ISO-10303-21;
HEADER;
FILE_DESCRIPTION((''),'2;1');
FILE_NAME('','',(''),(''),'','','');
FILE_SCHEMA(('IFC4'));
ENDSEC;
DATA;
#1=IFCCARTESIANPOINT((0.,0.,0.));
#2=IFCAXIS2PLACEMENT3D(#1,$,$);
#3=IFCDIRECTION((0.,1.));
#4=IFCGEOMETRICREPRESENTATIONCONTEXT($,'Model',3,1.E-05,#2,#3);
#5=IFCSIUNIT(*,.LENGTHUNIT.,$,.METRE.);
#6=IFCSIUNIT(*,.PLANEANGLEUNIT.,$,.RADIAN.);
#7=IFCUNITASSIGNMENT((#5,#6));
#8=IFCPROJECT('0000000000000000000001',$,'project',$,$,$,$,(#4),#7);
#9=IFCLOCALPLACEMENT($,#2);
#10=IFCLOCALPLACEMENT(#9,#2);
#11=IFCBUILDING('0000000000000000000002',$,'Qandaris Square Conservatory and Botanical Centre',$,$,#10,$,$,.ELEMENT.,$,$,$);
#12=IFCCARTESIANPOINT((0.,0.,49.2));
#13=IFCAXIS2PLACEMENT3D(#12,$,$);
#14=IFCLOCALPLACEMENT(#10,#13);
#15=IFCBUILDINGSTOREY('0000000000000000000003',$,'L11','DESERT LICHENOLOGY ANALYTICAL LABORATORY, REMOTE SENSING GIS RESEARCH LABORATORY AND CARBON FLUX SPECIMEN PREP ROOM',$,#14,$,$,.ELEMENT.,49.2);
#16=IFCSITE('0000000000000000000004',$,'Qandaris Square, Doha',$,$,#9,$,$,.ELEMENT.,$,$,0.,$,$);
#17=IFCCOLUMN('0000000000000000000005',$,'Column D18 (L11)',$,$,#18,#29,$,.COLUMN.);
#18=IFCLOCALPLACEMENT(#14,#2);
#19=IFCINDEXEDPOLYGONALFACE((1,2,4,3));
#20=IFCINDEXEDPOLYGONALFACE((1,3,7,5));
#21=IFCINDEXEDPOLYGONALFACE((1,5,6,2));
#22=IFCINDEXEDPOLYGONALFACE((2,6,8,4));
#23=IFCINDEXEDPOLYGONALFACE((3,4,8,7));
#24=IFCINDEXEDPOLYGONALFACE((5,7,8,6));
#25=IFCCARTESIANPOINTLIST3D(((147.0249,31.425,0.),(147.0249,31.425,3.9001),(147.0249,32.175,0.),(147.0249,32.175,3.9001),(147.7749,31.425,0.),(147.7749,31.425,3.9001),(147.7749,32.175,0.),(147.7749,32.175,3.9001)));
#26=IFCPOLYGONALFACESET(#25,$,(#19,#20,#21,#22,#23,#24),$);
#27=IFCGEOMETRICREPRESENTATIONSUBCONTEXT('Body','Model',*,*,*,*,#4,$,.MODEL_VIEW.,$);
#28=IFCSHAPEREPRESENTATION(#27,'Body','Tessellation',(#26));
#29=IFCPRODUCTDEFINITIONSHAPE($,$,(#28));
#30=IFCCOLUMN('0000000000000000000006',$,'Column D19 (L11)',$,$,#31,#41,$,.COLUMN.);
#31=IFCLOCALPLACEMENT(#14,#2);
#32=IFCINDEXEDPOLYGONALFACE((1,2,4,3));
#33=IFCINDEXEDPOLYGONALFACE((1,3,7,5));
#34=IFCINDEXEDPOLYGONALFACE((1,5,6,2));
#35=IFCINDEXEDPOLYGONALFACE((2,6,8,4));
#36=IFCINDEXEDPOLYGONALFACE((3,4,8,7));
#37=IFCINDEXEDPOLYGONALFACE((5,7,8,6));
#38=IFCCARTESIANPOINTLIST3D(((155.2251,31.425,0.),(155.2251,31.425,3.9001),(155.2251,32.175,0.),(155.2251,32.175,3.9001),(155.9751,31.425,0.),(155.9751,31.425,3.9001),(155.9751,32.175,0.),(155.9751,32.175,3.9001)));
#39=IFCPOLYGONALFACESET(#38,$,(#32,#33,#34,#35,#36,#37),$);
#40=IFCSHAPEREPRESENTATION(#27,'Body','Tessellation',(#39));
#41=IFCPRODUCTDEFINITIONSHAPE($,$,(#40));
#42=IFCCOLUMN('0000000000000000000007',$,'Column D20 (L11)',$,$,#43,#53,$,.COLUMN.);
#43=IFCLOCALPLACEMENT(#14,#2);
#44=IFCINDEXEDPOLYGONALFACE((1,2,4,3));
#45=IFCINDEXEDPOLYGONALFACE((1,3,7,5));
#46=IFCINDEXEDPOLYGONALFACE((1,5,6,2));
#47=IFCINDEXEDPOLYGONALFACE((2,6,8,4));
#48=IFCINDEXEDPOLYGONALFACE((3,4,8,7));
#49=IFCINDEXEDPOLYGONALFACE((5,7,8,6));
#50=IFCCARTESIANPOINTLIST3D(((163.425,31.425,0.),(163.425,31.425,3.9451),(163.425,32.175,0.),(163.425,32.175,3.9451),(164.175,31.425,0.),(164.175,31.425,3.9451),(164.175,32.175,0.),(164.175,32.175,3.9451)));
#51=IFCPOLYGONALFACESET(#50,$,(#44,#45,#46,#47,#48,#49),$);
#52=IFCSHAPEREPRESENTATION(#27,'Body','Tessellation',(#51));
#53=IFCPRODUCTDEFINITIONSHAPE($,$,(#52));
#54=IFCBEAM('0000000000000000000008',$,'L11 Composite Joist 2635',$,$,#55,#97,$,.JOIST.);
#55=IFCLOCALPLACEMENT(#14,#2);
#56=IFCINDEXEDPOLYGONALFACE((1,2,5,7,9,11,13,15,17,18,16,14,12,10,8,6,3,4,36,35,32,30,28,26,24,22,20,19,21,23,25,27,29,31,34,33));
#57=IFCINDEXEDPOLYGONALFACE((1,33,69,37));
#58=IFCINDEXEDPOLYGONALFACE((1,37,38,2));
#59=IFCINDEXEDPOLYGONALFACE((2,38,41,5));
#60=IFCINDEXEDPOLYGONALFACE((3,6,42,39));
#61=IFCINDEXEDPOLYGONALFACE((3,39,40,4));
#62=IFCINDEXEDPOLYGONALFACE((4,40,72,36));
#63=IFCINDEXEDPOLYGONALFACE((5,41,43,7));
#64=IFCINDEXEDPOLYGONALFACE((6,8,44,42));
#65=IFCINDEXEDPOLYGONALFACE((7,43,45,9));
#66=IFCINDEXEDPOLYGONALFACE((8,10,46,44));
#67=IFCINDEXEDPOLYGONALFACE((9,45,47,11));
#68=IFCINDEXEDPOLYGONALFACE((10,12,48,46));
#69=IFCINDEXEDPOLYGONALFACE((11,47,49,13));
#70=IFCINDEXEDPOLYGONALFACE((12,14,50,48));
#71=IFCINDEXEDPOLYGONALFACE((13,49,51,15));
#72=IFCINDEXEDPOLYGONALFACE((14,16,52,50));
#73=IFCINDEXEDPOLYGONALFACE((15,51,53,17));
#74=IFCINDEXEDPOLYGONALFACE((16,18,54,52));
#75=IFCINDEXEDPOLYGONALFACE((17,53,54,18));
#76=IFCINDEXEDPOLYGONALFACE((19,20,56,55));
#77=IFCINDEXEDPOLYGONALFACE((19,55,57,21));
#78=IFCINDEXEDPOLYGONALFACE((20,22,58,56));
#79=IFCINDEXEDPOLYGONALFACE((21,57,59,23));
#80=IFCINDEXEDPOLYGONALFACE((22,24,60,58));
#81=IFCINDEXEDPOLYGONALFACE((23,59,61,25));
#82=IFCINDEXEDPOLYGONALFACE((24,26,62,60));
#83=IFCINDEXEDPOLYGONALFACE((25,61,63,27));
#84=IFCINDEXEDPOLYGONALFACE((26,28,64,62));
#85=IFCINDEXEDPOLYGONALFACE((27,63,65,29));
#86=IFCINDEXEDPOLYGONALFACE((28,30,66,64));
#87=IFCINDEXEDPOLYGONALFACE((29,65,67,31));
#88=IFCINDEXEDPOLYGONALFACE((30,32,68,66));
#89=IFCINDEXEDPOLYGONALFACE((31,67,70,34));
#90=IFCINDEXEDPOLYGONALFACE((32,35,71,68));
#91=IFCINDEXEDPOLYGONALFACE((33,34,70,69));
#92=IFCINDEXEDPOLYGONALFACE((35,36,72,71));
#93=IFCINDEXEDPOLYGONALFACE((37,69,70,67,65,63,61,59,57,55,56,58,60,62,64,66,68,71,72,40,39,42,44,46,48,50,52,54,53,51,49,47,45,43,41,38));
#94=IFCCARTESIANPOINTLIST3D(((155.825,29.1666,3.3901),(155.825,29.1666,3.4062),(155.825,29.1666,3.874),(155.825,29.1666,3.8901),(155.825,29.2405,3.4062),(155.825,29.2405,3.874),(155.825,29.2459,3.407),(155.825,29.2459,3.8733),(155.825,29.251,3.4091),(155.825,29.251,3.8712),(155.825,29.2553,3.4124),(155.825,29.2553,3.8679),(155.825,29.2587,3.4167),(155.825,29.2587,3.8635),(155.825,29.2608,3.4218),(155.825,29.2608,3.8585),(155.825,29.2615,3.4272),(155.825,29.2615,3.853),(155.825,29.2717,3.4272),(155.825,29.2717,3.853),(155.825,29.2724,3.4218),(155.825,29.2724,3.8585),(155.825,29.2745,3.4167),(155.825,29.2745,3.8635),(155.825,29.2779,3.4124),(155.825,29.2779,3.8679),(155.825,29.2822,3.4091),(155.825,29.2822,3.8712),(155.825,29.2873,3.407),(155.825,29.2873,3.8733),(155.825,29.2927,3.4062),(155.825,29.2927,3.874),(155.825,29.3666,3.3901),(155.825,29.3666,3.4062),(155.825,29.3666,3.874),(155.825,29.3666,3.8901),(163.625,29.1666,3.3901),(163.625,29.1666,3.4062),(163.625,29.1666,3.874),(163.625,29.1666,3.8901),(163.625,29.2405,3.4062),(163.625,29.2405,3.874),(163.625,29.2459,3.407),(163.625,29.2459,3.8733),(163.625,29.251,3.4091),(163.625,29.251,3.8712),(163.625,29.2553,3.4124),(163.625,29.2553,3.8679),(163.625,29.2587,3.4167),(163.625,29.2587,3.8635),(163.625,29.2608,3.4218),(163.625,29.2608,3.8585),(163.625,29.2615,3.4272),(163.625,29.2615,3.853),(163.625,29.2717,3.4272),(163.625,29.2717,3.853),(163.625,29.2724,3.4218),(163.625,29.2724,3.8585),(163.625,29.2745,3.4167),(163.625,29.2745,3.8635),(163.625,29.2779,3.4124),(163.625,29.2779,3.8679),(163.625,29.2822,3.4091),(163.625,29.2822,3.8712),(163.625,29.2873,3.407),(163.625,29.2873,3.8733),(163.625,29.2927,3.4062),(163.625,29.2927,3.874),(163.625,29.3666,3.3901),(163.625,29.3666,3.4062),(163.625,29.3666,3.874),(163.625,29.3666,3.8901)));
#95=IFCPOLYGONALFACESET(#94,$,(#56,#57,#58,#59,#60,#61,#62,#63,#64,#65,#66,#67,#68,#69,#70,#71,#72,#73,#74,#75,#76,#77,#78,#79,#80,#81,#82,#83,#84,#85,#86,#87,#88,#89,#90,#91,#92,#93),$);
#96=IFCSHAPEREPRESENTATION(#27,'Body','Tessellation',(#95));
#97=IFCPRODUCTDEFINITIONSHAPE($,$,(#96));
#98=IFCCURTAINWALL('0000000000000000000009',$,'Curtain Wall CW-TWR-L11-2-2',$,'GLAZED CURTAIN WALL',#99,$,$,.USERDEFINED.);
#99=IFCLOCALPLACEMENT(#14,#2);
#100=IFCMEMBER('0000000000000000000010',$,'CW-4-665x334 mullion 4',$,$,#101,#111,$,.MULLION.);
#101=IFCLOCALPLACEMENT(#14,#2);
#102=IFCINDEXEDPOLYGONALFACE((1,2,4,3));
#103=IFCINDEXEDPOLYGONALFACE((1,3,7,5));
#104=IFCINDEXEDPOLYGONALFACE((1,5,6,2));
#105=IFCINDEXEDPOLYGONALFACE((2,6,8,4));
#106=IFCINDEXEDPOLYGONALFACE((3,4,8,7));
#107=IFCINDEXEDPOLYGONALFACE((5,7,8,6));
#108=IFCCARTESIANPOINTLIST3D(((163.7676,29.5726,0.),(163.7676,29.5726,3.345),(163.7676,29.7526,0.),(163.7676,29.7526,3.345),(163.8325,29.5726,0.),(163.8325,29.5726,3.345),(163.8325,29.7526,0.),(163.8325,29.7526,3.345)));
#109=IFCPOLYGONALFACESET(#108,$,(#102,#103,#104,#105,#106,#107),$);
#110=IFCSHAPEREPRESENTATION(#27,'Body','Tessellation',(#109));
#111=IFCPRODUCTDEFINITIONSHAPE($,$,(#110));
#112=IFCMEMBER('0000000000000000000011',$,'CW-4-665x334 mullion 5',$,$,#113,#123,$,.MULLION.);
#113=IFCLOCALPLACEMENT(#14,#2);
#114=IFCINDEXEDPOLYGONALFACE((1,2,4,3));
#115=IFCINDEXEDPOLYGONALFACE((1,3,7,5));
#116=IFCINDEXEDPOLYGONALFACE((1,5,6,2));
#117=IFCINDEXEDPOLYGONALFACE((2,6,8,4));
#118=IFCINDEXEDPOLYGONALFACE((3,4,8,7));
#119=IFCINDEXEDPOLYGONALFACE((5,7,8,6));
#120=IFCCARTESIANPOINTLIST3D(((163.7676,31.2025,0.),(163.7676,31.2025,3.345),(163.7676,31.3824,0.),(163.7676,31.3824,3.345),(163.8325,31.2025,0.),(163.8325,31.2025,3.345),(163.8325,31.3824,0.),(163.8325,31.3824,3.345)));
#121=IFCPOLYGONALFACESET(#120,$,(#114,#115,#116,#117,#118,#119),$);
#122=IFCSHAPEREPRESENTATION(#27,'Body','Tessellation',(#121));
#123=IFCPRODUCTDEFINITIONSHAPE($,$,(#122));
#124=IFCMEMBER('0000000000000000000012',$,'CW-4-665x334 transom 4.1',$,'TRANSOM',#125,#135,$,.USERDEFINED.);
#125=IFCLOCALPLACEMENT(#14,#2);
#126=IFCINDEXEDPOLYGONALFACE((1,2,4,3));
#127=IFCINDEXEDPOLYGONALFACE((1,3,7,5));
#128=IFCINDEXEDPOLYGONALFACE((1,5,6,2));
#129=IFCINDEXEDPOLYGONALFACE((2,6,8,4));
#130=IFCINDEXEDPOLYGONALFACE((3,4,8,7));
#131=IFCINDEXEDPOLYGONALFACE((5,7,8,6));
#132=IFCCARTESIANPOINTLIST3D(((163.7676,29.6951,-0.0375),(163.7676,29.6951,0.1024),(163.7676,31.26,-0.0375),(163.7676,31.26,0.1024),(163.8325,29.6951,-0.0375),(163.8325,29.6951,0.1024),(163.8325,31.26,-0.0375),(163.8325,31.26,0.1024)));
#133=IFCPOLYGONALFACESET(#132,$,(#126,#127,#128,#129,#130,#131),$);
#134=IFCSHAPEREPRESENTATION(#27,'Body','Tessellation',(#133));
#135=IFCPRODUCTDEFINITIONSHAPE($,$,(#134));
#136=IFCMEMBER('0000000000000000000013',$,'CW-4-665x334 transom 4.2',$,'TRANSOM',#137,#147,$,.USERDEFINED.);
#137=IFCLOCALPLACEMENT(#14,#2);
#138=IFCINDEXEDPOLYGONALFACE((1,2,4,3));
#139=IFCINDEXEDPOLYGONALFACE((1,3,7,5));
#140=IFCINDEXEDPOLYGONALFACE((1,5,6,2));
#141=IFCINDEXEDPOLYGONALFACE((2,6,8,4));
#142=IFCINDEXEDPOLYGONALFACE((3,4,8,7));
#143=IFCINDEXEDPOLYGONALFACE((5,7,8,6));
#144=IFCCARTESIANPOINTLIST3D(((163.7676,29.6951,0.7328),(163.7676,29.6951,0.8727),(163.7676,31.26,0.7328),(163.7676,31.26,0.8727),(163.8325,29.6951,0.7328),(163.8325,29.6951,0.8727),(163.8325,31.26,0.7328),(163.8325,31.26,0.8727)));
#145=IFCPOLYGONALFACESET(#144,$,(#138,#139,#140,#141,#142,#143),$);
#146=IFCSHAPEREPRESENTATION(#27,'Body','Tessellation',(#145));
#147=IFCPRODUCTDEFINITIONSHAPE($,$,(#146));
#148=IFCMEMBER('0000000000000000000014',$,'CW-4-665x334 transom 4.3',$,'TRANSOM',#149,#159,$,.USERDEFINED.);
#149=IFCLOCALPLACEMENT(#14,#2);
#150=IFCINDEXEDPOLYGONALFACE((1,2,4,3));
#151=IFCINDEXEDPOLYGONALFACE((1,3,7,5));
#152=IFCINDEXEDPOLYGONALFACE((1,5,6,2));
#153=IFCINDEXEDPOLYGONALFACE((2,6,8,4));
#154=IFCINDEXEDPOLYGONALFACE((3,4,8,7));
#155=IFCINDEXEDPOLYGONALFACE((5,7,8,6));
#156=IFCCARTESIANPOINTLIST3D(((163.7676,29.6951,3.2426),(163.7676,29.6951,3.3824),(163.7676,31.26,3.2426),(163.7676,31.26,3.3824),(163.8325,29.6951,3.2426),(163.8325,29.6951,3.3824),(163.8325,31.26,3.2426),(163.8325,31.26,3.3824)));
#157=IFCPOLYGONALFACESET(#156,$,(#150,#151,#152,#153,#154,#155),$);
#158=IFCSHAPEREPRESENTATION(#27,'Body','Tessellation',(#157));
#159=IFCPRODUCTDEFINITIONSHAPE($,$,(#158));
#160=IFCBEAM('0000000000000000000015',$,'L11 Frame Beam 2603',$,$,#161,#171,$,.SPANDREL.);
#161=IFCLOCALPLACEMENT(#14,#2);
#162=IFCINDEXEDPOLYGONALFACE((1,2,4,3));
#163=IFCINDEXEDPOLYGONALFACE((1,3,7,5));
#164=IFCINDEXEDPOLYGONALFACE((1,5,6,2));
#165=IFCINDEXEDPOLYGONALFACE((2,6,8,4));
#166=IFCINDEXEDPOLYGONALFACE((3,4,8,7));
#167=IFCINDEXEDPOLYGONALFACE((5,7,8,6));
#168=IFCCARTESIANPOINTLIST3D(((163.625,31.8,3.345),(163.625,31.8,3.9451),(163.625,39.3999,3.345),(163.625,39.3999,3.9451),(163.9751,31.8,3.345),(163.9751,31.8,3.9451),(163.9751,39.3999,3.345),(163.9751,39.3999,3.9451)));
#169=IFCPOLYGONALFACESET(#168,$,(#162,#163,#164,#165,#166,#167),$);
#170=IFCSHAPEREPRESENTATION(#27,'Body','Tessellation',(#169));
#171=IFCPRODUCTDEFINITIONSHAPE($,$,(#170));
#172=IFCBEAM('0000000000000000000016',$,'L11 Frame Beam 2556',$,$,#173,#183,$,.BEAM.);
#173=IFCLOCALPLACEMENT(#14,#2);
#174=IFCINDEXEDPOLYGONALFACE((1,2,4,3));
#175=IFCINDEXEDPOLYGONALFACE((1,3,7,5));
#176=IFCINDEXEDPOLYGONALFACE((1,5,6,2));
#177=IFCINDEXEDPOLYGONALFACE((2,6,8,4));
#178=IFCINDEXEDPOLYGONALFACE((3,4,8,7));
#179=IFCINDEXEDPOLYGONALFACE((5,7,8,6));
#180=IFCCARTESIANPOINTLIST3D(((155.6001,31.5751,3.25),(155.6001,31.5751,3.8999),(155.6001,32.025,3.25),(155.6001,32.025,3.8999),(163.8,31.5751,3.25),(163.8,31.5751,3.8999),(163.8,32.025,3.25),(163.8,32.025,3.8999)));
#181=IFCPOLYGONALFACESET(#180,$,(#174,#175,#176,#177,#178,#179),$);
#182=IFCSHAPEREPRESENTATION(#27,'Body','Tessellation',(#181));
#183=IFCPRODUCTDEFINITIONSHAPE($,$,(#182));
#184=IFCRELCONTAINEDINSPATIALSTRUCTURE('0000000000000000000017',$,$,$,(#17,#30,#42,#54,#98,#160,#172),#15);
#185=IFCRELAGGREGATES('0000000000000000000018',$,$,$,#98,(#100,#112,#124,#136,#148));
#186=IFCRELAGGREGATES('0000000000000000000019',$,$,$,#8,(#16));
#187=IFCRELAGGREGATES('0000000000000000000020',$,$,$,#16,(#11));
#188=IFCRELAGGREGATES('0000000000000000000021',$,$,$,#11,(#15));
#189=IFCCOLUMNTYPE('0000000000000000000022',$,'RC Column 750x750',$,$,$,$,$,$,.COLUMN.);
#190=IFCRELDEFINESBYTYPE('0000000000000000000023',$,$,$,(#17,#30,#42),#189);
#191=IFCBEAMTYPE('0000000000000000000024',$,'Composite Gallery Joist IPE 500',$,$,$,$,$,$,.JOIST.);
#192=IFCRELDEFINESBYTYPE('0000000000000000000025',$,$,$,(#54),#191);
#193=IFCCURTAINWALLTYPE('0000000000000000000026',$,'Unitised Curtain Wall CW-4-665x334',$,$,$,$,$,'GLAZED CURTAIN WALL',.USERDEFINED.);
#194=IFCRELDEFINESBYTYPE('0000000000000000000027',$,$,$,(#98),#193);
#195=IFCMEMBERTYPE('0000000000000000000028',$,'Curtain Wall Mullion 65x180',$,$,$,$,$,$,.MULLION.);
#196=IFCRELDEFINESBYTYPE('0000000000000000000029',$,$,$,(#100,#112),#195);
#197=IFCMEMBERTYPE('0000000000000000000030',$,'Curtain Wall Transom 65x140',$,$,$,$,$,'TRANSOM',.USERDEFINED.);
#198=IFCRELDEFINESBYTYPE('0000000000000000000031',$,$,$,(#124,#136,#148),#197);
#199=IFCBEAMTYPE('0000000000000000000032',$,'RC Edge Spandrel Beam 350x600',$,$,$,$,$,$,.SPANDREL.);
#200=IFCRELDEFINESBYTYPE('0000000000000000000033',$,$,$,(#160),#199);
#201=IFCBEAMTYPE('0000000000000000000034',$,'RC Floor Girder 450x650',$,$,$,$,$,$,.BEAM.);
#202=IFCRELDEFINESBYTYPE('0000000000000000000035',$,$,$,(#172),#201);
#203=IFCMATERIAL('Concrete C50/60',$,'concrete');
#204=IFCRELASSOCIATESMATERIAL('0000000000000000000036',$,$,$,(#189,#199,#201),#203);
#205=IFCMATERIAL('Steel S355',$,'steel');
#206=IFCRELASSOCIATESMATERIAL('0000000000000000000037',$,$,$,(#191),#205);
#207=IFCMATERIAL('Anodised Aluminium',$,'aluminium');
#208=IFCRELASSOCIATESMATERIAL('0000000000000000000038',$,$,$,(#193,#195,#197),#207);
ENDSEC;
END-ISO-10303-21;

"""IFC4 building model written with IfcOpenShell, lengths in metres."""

from ifc_helpers import new_model, si_unit, direction, frame, origin, origin_2d, place, context, subcontext, project, spatial, rectangle, i_section, extrude, material, material_profile, profile_set, type_object, element, aggregate, save


model = new_model("IFC4")

# Units and contexts
model_context = context("Model", 3, precision=1e-05, world=origin(), true_north=direction((0.0, 1.0)))
body_context = subcontext(model_context, "Body", "Model", "MODEL_VIEW")
ifc_project = project(units=[si_unit("LENGTHUNIT", "METRE"), si_unit("PLANEANGLEUNIT", "RADIAN")], contexts=[model_context])

# Site, building, storey
site_placement = place(None, origin())
site = spatial("IfcSite", under=ifc_project, at=site_placement, Name="Qandaris Square, Doha", CompositionType="ELEMENT", RefElevation=0.0)
building_placement = place(site_placement, origin())
building = spatial("IfcBuilding", under=site, at=building_placement, Name="Qandaris Square Conservatory and Botanical Centre", CompositionType="ELEMENT")
storey_placement = place(building_placement, frame((0.0, 0.0, 49.2)))
storey = spatial("IfcBuildingStorey", under=building, at=storey_placement, Name="L11", Description="DESERT LICHENOLOGY ANALYTICAL LABORATORY, REMOTE SENSING GIS RESEARCH LABORATORY AND CARBON FLUX SPECIMEN PREP ROOM", CompositionType="ELEMENT", Elevation=49.2)

# Columns
ifc_material_1 = material(Name="Concrete C50/60", Category="concrete")
ifc_material_profile_1 = material_profile(ifc_material_1, rectangle(XDim=0.75, YDim=0.75, at=origin_2d()), Name="RC-COL 750x750")
ifc_profile_set_1 = profile_set([ifc_material_profile_1], Name="Concrete C50/60")
column_type = type_object("IfcColumnType", Name="RC Column 750x750", PredefinedType="COLUMN", material=ifc_profile_set_1)
for number, where, z_axis, x_axis, name in (
    (1, (147.3999, 31.8, 0.0), (0.0, 0.0, 1.0), (1.0, 0.0, 0.0), "Column D18 (L11)"),
    (2, (155.6001, 31.8, 0.0), (0.0, 0.0, 1.0), (1.0, 0.0, 0.0), "Column D19 (L11)"),
):
    element("IfcColumn", number, at=place(storey_placement, frame(where, z_axis=z_axis, x_axis=x_axis)), inside=storey, type_object=column_type, Name=name, PredefinedType="COLUMN", context=body_context, shape_type="SweptSolid", body=[
        extrude(rectangle(XDim=0.75, YDim=0.75, at=origin_2d()), origin(), (0.0, 0.0, 1.0), 3.9001),
    ])
column_placement = place(storey_placement, frame((163.8, 31.8, 0.0), z_axis=(0.0, 0.0, 1.0), x_axis=(1.0, 0.0, 0.0)))
element("IfcColumn", 3, at=column_placement, inside=storey, type_object=column_type, Name="Column D20 (L11)", PredefinedType="COLUMN", context=body_context, shape_type="SweptSolid", body=[
    extrude(rectangle(XDim=0.75, YDim=0.75, at=origin_2d()), origin(), (0.0, 0.0, 1.0), 3.9451),
])

# Beam
ifc_material_2 = material(Name="Steel S355", Category="steel")
ifc_material_profile_2 = material_profile(ifc_material_2, i_section(OverallWidth=0.2, OverallDepth=0.5, WebThickness=0.0103, FlangeThickness=0.0161, FilletRadius=0.021, at=origin_2d()), Name="IPE 500")
ifc_profile_set_2 = profile_set([ifc_material_profile_2], Name="Steel S355")
beam_type_1 = type_object("IfcBeamType", Name="Composite Gallery Joist IPE 500", PredefinedType="JOIST", material=ifc_profile_set_2)
beam_1_placement = place(storey_placement, frame((155.825, 29.2666, 3.6401), z_axis=(1.0, 0.0, 0.0), x_axis=(0.0, 1.0, 0.0)))
element("IfcBeam", 4, at=beam_1_placement, inside=storey, type_object=beam_type_1, Name="L11 Composite Joist 2635", PredefinedType="JOIST", context=body_context, shape_type="SweptSolid", body=[
    extrude(i_section(OverallWidth=0.2, OverallDepth=0.5, WebThickness=0.0103, FlangeThickness=0.0161, FilletRadius=0.021, at=origin_2d()), origin(), (0.0, 0.0, 1.0), 7.8),
])

# Curtain wall, members
ifc_material_3 = material(Name="Anodised Aluminium", Category="aluminium")
curtain_wall_type = type_object("IfcCurtainWallType", Name="Unitised Curtain Wall CW-4-665x334", ElementType="GLAZED CURTAIN WALL", PredefinedType="USERDEFINED", material=ifc_material_3)
curtain_wall_placement = place(storey_placement, origin())
curtain_wall = element("IfcCurtainWall", 5, at=curtain_wall_placement, inside=storey, type_object=curtain_wall_type, Name="Curtain Wall CW-TWR-L11-2-2", ObjectType="GLAZED CURTAIN WALL", PredefinedType="USERDEFINED")
ifc_material_profile_3 = material_profile(ifc_material_3, rectangle(XDim=0.0649, YDim=0.1799, at=origin_2d()), Name="ALU-MUL 65x180")
ifc_profile_set_3 = profile_set([ifc_material_profile_3], Name="Anodised Aluminium")
member_type_1 = type_object("IfcMemberType", Name="Curtain Wall Mullion 65x180", PredefinedType="MULLION", material=ifc_profile_set_3)
member_1_placement = place(storey_placement, frame((163.8, 29.6626, 0.0), z_axis=(0.0, 0.0, 1.0), x_axis=(-1.0, 0.0, 0.0)))
member_1 = element("IfcMember", 6, at=member_1_placement, type_object=member_type_1, Name="CW-4-665x334 mullion 4", PredefinedType="MULLION", context=body_context, shape_type="SweptSolid", body=[
    extrude(rectangle(XDim=0.0649, YDim=0.1799, at=origin_2d()), origin(), (0.0, 0.0, 1.0), 3.345),
])
member_2_placement = place(storey_placement, frame((163.8, 31.2925, 0.0), z_axis=(0.0, 0.0, 1.0), x_axis=(-1.0, 0.0, 0.0)))
member_2 = element("IfcMember", 7, at=member_2_placement, type_object=member_type_1, Name="CW-4-665x334 mullion 5", PredefinedType="MULLION", context=body_context, shape_type="SweptSolid", body=[
    extrude(rectangle(XDim=0.0649, YDim=0.1799, at=origin_2d()), origin(), (0.0, 0.0, 1.0), 3.345),
])
ifc_material_profile_4 = material_profile(ifc_material_3, rectangle(XDim=0.0649, YDim=0.1399, at=origin_2d()), Name="ALU-TRN 65x140")
ifc_profile_set_4 = profile_set([ifc_material_profile_4], Name="Anodised Aluminium")
member_type_2 = type_object("IfcMemberType", Name="Curtain Wall Transom 65x140", ElementType="TRANSOM", PredefinedType="USERDEFINED", material=ifc_profile_set_4)
member_3_placement = place(storey_placement, frame((163.8, 29.6951, 0.0325), z_axis=(0.0, 1.0, 0.0), x_axis=(-1.0, 0.0, 0.0)))
member_3 = element("IfcMember", 8, at=member_3_placement, type_object=member_type_2, Name="CW-4-665x334 transom 4.1", ObjectType="TRANSOM", PredefinedType="USERDEFINED", context=body_context, shape_type="SweptSolid", body=[
    extrude(rectangle(XDim=0.0649, YDim=0.1399, at=origin_2d()), origin(), (0.0, 0.0, 1.0), 1.5649),
])
member_4_placement = place(storey_placement, frame((163.8, 29.6951, 0.8027), z_axis=(0.0, 1.0, 0.0), x_axis=(-1.0, 0.0, 0.0)))
member_4 = element("IfcMember", 9, at=member_4_placement, type_object=member_type_2, Name="CW-4-665x334 transom 4.2", ObjectType="TRANSOM", PredefinedType="USERDEFINED", context=body_context, shape_type="SweptSolid", body=[
    extrude(rectangle(XDim=0.0649, YDim=0.1399, at=origin_2d()), origin(), (0.0, 0.0, 1.0), 1.5649),
])
member_5_placement = place(storey_placement, frame((163.8, 29.6951, 3.3125), z_axis=(0.0, 1.0, 0.0), x_axis=(-1.0, 0.0, 0.0)))
member_5 = element("IfcMember", 10, at=member_5_placement, type_object=member_type_2, Name="CW-4-665x334 transom 4.3", ObjectType="TRANSOM", PredefinedType="USERDEFINED", context=body_context, shape_type="SweptSolid", body=[
    extrude(rectangle(XDim=0.0649, YDim=0.1399, at=origin_2d()), origin(), (0.0, 0.0, 1.0), 1.5649),
])

# Beams
ifc_material_profile_5 = material_profile(ifc_material_1, rectangle(XDim=0.3501, YDim=0.6001, at=origin_2d()), Name="RC-SP 350x600")
ifc_profile_set_5 = profile_set([ifc_material_profile_5], Name="Concrete C50/60")
beam_type_2 = type_object("IfcBeamType", Name="RC Edge Spandrel Beam 350x600", PredefinedType="SPANDREL", material=ifc_profile_set_5)
beam_2_placement = place(storey_placement, frame((163.8, 31.8, 3.645), z_axis=(0.0, 1.0, 0.0), x_axis=(-1.0, 0.0, 0.0)))
element("IfcBeam", 11, at=beam_2_placement, inside=storey, type_object=beam_type_2, Name="L11 Frame Beam 2603", PredefinedType="SPANDREL", context=body_context, shape_type="SweptSolid", body=[
    extrude(rectangle(XDim=0.3501, YDim=0.6001, at=origin_2d()), origin(), (0.0, 0.0, 1.0), 7.5999),
])
ifc_material_profile_6 = material_profile(ifc_material_1, rectangle(XDim=0.45, YDim=0.6499, at=origin_2d()), Name="RC-BM 450x650")
ifc_profile_set_6 = profile_set([ifc_material_profile_6], Name="Concrete C50/60")
beam_type_3 = type_object("IfcBeamType", Name="RC Floor Girder 450x650", PredefinedType="BEAM", material=ifc_profile_set_6)
beam_3_placement = place(storey_placement, frame((155.6001, 31.8, 3.575), z_axis=(1.0, 0.0, 0.0), x_axis=(0.0, 1.0, 0.0)))
element("IfcBeam", 12, at=beam_3_placement, inside=storey, type_object=beam_type_3, Name="L11 Frame Beam 2556", PredefinedType="BEAM", context=body_context, shape_type="SweptSolid", body=[
    extrude(rectangle(XDim=0.45, YDim=0.6499, at=origin_2d()), origin(), (0.0, 0.0, 1.0), 8.2),
])

aggregate(curtain_wall, [member_1, member_2, member_3, member_4, member_5])

save(model, "model.ifc")
